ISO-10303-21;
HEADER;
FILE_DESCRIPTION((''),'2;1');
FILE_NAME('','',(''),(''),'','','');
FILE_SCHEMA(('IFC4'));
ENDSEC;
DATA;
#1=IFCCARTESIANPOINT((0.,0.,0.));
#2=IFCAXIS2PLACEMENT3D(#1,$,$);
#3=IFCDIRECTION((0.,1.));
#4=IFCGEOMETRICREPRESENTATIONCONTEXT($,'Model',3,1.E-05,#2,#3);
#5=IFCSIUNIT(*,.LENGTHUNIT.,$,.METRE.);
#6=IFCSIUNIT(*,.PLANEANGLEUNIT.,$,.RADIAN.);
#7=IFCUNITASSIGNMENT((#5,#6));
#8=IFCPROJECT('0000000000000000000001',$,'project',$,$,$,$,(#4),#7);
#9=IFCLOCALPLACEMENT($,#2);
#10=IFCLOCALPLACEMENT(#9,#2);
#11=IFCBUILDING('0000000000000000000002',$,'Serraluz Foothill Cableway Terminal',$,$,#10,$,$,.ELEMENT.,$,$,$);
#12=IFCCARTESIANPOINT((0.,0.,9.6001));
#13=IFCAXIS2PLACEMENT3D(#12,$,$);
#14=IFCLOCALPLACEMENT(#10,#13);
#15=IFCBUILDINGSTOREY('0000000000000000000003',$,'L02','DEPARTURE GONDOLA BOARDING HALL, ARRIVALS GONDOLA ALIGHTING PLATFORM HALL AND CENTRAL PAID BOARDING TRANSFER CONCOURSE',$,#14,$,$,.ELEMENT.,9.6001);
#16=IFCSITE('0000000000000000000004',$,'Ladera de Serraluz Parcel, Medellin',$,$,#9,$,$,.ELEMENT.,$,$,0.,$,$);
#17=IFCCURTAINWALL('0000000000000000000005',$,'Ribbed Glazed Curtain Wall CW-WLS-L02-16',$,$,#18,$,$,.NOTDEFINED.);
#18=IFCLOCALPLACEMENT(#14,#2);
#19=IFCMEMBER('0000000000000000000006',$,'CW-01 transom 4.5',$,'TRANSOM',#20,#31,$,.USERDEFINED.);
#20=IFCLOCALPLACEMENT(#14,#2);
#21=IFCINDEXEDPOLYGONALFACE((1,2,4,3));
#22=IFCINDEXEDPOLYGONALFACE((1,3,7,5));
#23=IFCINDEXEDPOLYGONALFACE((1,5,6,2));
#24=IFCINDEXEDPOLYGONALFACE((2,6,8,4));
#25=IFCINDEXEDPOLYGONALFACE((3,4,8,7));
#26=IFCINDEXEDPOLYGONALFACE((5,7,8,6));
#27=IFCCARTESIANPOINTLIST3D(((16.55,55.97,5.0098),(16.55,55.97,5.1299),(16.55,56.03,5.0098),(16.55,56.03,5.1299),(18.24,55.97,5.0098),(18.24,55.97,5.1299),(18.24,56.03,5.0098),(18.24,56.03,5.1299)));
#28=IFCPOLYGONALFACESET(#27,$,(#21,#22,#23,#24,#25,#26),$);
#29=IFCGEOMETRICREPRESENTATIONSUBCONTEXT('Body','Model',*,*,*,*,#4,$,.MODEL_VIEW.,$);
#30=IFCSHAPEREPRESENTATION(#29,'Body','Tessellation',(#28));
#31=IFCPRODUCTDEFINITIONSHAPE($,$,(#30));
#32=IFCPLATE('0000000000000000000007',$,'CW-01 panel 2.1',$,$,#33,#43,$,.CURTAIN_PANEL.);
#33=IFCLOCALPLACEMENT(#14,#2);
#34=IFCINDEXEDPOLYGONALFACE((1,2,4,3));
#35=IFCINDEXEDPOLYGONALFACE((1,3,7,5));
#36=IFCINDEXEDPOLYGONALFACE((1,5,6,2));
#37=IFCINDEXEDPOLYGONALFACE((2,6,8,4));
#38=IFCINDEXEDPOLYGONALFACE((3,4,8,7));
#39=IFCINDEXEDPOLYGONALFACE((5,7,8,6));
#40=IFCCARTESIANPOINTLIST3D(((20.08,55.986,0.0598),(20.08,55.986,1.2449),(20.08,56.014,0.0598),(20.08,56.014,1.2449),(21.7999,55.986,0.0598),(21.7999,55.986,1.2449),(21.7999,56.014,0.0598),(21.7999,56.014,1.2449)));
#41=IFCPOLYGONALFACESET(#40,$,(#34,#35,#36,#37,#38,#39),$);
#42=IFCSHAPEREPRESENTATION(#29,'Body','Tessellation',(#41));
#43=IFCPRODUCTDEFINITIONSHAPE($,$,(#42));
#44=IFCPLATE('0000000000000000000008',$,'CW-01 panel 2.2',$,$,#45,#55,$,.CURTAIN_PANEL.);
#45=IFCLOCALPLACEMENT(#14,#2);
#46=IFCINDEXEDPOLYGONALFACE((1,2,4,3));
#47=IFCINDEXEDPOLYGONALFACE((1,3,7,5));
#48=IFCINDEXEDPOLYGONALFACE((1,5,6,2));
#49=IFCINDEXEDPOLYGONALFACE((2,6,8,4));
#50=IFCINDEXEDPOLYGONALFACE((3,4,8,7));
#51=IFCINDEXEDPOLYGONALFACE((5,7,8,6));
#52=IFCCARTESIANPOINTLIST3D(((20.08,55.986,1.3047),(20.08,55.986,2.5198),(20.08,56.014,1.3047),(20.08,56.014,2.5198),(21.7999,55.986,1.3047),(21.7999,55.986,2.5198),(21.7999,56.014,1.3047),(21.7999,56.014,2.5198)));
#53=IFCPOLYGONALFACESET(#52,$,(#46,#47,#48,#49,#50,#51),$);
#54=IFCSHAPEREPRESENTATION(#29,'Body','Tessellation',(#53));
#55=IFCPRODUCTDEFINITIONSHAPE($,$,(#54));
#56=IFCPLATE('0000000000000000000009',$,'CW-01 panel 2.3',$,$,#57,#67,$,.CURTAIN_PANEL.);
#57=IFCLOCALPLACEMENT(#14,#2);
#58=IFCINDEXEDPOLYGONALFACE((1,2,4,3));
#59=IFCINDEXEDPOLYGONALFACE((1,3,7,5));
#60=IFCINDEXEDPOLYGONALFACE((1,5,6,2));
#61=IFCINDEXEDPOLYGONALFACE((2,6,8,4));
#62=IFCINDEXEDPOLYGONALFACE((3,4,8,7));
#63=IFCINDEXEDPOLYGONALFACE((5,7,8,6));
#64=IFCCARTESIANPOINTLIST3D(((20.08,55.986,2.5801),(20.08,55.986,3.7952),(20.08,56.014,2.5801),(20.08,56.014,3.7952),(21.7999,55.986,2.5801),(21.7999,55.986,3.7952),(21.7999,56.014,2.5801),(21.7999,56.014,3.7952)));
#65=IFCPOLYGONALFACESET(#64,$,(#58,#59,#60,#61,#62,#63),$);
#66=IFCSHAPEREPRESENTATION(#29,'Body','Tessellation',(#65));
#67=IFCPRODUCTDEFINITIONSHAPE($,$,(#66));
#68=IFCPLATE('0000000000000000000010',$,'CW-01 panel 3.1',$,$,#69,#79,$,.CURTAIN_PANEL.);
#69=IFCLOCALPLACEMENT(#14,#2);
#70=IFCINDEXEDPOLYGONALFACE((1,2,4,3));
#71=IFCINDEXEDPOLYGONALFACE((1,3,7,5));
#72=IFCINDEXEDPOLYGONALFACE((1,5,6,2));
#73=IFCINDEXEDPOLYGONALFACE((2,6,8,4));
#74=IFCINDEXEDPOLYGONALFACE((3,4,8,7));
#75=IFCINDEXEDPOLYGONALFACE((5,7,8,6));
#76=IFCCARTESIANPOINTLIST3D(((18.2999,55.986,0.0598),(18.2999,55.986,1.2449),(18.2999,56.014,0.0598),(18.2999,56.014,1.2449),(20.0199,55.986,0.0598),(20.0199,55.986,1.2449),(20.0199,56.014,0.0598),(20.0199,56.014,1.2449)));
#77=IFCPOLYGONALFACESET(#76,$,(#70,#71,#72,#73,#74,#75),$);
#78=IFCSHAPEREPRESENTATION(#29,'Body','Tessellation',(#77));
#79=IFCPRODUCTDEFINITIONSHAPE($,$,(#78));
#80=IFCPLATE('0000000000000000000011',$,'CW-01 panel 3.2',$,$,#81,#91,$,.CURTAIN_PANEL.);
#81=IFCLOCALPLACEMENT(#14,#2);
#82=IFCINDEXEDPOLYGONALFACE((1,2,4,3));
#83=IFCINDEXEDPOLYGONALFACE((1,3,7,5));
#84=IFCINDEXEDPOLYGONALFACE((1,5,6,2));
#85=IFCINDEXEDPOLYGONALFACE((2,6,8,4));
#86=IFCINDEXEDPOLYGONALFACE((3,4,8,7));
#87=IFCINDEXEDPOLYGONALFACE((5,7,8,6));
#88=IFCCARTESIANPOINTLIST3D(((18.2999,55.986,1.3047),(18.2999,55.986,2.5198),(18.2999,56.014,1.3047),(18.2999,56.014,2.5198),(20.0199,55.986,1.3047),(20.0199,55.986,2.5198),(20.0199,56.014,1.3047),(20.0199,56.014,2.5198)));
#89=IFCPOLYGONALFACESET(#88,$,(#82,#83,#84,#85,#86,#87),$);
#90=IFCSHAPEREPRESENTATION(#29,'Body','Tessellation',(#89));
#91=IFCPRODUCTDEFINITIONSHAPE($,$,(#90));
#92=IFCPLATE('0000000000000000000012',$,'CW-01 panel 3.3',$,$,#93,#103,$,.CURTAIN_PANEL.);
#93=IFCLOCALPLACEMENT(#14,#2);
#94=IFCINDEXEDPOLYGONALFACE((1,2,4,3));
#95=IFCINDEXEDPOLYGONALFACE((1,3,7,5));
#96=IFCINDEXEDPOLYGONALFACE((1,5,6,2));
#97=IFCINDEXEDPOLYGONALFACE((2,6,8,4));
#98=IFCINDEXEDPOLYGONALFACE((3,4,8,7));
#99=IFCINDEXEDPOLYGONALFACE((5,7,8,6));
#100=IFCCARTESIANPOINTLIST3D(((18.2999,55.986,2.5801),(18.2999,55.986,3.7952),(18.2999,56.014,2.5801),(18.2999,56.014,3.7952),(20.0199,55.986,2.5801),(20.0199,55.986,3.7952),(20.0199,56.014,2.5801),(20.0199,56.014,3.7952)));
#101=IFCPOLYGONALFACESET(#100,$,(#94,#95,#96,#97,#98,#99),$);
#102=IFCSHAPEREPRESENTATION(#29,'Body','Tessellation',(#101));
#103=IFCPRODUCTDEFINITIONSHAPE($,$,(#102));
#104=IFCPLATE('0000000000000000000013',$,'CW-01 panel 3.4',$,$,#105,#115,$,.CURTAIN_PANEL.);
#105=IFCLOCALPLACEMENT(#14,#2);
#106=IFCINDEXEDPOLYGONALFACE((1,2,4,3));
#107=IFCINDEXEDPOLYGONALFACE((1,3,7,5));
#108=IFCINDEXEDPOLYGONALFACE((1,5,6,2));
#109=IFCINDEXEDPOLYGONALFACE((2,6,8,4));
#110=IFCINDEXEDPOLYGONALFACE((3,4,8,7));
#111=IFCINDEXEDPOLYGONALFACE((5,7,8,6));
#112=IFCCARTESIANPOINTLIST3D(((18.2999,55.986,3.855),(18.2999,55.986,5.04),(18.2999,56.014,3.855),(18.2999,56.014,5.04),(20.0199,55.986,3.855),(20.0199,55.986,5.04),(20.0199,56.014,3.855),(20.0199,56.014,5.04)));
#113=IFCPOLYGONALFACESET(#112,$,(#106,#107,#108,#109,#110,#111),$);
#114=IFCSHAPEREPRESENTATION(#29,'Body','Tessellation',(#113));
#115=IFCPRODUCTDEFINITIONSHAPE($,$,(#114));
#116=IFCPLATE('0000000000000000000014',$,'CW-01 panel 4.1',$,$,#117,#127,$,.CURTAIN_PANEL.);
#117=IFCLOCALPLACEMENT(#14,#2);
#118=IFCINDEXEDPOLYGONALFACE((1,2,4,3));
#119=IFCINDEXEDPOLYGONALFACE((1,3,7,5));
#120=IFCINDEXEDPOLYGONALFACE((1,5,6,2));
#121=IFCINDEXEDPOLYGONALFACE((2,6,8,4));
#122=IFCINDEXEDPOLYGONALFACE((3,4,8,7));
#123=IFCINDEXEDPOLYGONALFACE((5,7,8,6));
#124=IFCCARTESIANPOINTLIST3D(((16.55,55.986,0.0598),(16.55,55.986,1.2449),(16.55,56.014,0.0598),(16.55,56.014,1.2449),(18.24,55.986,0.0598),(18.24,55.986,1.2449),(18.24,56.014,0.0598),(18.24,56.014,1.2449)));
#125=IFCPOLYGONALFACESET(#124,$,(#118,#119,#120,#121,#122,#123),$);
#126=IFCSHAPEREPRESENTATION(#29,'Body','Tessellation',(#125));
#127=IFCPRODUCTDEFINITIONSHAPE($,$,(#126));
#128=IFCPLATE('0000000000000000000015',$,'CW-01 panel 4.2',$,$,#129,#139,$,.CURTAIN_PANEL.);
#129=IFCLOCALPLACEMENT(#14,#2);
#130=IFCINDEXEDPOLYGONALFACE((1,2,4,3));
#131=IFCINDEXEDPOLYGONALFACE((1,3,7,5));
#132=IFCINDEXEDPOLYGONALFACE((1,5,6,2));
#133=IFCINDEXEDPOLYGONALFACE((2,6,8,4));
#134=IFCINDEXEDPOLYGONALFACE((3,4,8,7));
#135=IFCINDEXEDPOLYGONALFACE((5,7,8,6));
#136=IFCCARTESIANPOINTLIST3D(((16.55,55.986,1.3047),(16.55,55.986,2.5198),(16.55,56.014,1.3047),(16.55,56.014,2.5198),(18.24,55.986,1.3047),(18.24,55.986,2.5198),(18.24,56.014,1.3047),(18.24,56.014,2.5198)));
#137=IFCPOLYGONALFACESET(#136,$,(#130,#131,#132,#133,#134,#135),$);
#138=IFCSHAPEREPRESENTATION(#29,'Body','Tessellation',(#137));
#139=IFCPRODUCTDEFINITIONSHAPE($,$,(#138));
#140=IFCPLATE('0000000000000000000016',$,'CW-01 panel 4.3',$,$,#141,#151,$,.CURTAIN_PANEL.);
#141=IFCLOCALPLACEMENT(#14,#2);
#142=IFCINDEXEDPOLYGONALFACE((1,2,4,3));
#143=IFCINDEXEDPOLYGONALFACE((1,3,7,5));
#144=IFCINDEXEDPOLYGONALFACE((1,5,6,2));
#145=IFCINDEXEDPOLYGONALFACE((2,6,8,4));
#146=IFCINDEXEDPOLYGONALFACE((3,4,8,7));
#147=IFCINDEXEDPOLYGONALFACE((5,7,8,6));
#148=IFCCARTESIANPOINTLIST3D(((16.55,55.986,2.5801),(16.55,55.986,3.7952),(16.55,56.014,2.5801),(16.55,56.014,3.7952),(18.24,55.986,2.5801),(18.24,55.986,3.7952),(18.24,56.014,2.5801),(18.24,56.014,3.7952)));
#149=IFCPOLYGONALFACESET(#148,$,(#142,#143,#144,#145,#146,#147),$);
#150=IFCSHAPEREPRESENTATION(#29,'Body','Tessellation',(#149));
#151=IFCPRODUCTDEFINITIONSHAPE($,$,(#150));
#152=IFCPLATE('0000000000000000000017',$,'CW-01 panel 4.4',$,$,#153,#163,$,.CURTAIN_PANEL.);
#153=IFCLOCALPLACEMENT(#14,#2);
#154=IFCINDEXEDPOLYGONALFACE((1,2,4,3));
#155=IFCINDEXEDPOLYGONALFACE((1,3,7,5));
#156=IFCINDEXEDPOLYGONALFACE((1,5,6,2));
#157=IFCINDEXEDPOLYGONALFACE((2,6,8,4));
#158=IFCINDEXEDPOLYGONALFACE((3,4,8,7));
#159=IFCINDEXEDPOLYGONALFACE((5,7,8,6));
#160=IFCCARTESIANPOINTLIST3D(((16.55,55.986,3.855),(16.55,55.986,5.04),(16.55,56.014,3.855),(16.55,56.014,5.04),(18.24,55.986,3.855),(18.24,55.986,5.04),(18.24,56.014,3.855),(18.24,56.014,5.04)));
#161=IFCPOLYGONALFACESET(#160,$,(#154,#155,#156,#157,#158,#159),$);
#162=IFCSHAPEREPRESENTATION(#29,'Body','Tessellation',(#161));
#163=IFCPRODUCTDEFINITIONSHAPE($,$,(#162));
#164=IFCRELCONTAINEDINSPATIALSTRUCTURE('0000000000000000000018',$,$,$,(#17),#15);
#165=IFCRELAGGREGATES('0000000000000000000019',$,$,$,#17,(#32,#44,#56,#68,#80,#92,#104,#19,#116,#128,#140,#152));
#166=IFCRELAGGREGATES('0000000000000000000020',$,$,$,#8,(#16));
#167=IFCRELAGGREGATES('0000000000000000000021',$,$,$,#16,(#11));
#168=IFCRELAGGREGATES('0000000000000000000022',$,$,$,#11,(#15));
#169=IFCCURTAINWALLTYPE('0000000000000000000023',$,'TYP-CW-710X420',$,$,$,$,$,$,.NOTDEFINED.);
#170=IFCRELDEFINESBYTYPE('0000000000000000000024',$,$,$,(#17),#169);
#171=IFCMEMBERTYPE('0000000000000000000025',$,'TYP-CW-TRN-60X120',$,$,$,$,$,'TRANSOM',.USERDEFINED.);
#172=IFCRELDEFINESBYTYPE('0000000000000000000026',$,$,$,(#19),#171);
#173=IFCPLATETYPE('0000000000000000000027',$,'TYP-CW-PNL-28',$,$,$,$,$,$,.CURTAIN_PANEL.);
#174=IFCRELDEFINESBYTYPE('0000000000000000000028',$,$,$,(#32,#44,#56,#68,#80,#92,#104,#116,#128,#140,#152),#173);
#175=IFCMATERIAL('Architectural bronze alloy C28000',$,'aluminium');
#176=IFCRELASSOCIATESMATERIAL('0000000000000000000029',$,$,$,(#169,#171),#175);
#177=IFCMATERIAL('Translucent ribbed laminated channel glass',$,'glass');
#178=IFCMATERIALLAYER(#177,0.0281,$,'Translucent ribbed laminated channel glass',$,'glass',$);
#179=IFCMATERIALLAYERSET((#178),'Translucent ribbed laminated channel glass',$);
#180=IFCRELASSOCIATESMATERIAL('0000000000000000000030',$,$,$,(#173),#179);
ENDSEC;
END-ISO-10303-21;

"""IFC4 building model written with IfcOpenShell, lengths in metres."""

from ifc_helpers import new_model, si_unit, direction, frame, origin, origin_2d, place, context, subcontext, project, spatial, rectangle, extrude, material, layer, layer_set, material_profile, profile_set, type_object, element, aggregate, save


model = new_model("IFC4")

# Units and contexts
model_context = context("Model", 3, precision=1e-05, world=origin(), true_north=direction((0.0, 1.0)))
body_context = subcontext(model_context, "Body", "Model", "MODEL_VIEW")
ifc_project = project(units=[si_unit("LENGTHUNIT", "METRE"), si_unit("PLANEANGLEUNIT", "RADIAN")], contexts=[model_context])

# Site, building, storey
site_placement = place(None, origin())
site = spatial("IfcSite", under=ifc_project, at=site_placement, Name="Ladera de Serraluz Parcel, Medellin", CompositionType="ELEMENT", RefElevation=0.0)
building_placement = place(site_placement, origin())
building = spatial("IfcBuilding", under=site, at=building_placement, Name="Serraluz Foothill Cableway Terminal", CompositionType="ELEMENT")
storey_placement = place(building_placement, frame((0.0, 0.0, 9.6001)))
storey = spatial("IfcBuildingStorey", under=building, at=storey_placement, Name="L02", Description="DEPARTURE GONDOLA BOARDING HALL, ARRIVALS GONDOLA ALIGHTING PLATFORM HALL AND CENTRAL PAID BOARDING TRANSFER CONCOURSE", CompositionType="ELEMENT", Elevation=9.6001)

# Shared definitions
ifc_material_1 = material(Name="Architectural bronze alloy C28000", Category="aluminium")

# Curtain wall, member, plates
curtain_wall_type_1 = type_object("IfcCurtainWallType", Name="TYP-CW-710X420", PredefinedType="NOTDEFINED", material=ifc_material_1)
curtain_wall_1_placement = place(storey_placement, origin())
curtain_wall_1 = element("IfcCurtainWall", 1, at=curtain_wall_1_placement, inside=storey, type_object=curtain_wall_type_1, Name="Ribbed Glazed Curtain Wall CW-WLS-L02-16", PredefinedType="NOTDEFINED")
ifc_material_profile_1 = material_profile(ifc_material_1, rectangle(XDim=0.0601, YDim=0.1201, at=origin_2d()), Name="ALU TRANSOM 60x120")
ifc_profile_set_1 = profile_set([ifc_material_profile_1], Name="Architectural bronze alloy C28000")
member_type_1 = type_object("IfcMemberType", Name="TYP-CW-TRN-60X120", ElementType="TRANSOM", PredefinedType="USERDEFINED", material=ifc_profile_set_1)
member_1_placement = place(storey_placement, frame((18.24, 56.0, 5.0698), z_axis=(-1.0, 0.0, 0.0), x_axis=(0.0, -1.0, 0.0)))
member_1 = element("IfcMember", 2, at=member_1_placement, type_object=member_type_1, Name="CW-01 transom 4.5", ObjectType="TRANSOM", PredefinedType="USERDEFINED", context=body_context, shape_type="SweptSolid", body=[
    extrude(rectangle(XDim=0.0601, YDim=0.1201, at=origin_2d()), origin(), (0.0, 0.0, 1.0), 1.6899),
])
ifc_material_2 = material(Name="Translucent ribbed laminated channel glass", Category="glass")
ifc_layer = layer(ifc_material_2, 0.0281, Name="Translucent ribbed laminated channel glass", Category="glass")
ifc_layer_set = layer_set([ifc_layer], Name="Translucent ribbed laminated channel glass")
plate_type = type_object("IfcPlateType", Name="TYP-CW-PNL-28", PredefinedType="CURTAIN_PANEL", material=ifc_layer_set)
plate_1_placement = place(storey_placement, frame((20.9399, 56.0, 0.0598), z_axis=(0.0, 0.0, 1.0), x_axis=(-1.0, 0.0, 0.0)))
plate_1 = element("IfcPlate", 3, at=plate_1_placement, type_object=plate_type, Name="CW-01 panel 2.1", PredefinedType="CURTAIN_PANEL", context=body_context, shape_type="SweptSolid", body=[
    extrude(rectangle(XDim=1.72, YDim=0.0281, at=origin_2d()), origin(), (0.0, 0.0, 1.0), 1.1851),
])
plate_2_placement = place(storey_placement, frame((20.9399, 56.0, 1.3047), z_axis=(0.0, 0.0, 1.0), x_axis=(-1.0, 0.0, 0.0)))
plate_2 = element("IfcPlate", 4, at=plate_2_placement, type_object=plate_type, Name="CW-01 panel 2.2", PredefinedType="CURTAIN_PANEL", context=body_context, shape_type="SweptSolid", body=[
    extrude(rectangle(XDim=1.72, YDim=0.0281, at=origin_2d()), origin(), (0.0, 0.0, 1.0), 1.2151),
])
plate_3_placement = place(storey_placement, frame((20.9399, 56.0, 2.5801), z_axis=(0.0, 0.0, 1.0), x_axis=(-1.0, 0.0, 0.0)))
plate_3 = element("IfcPlate", 5, at=plate_3_placement, type_object=plate_type, Name="CW-01 panel 2.3", PredefinedType="CURTAIN_PANEL", context=body_context, shape_type="SweptSolid", body=[
    extrude(rectangle(XDim=1.72, YDim=0.0281, at=origin_2d()), origin(), (0.0, 0.0, 1.0), 1.2151),
])
plate_4_placement = place(storey_placement, frame((19.1599, 56.0, 0.0598), z_axis=(0.0, 0.0, 1.0), x_axis=(-1.0, 0.0, 0.0)))
plate_4 = element("IfcPlate", 6, at=plate_4_placement, type_object=plate_type, Name="CW-01 panel 3.1", PredefinedType="CURTAIN_PANEL", context=body_context, shape_type="SweptSolid", body=[
    extrude(rectangle(XDim=1.72, YDim=0.0281, at=origin_2d()), origin(), (0.0, 0.0, 1.0), 1.1851),
])
plate_5_placement = place(storey_placement, frame((19.1599, 56.0, 1.3047), z_axis=(0.0, 0.0, 1.0), x_axis=(-1.0, 0.0, 0.0)))
plate_5 = element("IfcPlate", 7, at=plate_5_placement, type_object=plate_type, Name="CW-01 panel 3.2", PredefinedType="CURTAIN_PANEL", context=body_context, shape_type="SweptSolid", body=[
    extrude(rectangle(XDim=1.72, YDim=0.0281, at=origin_2d()), origin(), (0.0, 0.0, 1.0), 1.2151),
])
plate_6_placement = place(storey_placement, frame((19.1599, 56.0, 2.5801), z_axis=(0.0, 0.0, 1.0), x_axis=(-1.0, 0.0, 0.0)))
plate_6 = element("IfcPlate", 8, at=plate_6_placement, type_object=plate_type, Name="CW-01 panel 3.3", PredefinedType="CURTAIN_PANEL", context=body_context, shape_type="SweptSolid", body=[
    extrude(rectangle(XDim=1.72, YDim=0.0281, at=origin_2d()), origin(), (0.0, 0.0, 1.0), 1.2151),
])
plate_7_placement = place(storey_placement, frame((19.1599, 56.0, 3.855), z_axis=(0.0, 0.0, 1.0), x_axis=(-1.0, 0.0, 0.0)))
plate_7 = element("IfcPlate", 9, at=plate_7_placement, type_object=plate_type, Name="CW-01 panel 3.4", PredefinedType="CURTAIN_PANEL", context=body_context, shape_type="SweptSolid", body=[
    extrude(rectangle(XDim=1.72, YDim=0.0281, at=origin_2d()), origin(), (0.0, 0.0, 1.0), 1.1851),
])
plate_8_placement = place(storey_placement, frame((17.395, 56.0, 0.0598), z_axis=(0.0, 0.0, 1.0), x_axis=(-1.0, 0.0, 0.0)))
plate_8 = element("IfcPlate", 10, at=plate_8_placement, type_object=plate_type, Name="CW-01 panel 4.1", PredefinedType="CURTAIN_PANEL", context=body_context, shape_type="SweptSolid", body=[
    extrude(rectangle(XDim=1.6899, YDim=0.0281, at=origin_2d()), origin(), (0.0, 0.0, 1.0), 1.1851),
])
plate_9_placement = place(storey_placement, frame((17.395, 56.0, 1.3047), z_axis=(0.0, 0.0, 1.0), x_axis=(-1.0, 0.0, 0.0)))
plate_9 = element("IfcPlate", 11, at=plate_9_placement, type_object=plate_type, Name="CW-01 panel 4.2", PredefinedType="CURTAIN_PANEL", context=body_context, shape_type="SweptSolid", body=[
    extrude(rectangle(XDim=1.6899, YDim=0.0281, at=origin_2d()), origin(), (0.0, 0.0, 1.0), 1.2151),
])
plate_10_placement = place(storey_placement, frame((17.395, 56.0, 2.5801), z_axis=(0.0, 0.0, 1.0), x_axis=(-1.0, 0.0, 0.0)))
plate_10 = element("IfcPlate", 12, at=plate_10_placement, type_object=plate_type, Name="CW-01 panel 4.3", PredefinedType="CURTAIN_PANEL", context=body_context, shape_type="SweptSolid", body=[
    extrude(rectangle(XDim=1.6899, YDim=0.0281, at=origin_2d()), origin(), (0.0, 0.0, 1.0), 1.2151),
])
plate_11_placement = place(storey_placement, frame((17.395, 56.0, 3.855), z_axis=(0.0, 0.0, 1.0), x_axis=(-1.0, 0.0, 0.0)))
plate_11 = element("IfcPlate", 13, at=plate_11_placement, type_object=plate_type, Name="CW-01 panel 4.4", PredefinedType="CURTAIN_PANEL", context=body_context, shape_type="SweptSolid", body=[
    extrude(rectangle(XDim=1.6899, YDim=0.0281, at=origin_2d()), origin(), (0.0, 0.0, 1.0), 1.1851),
])
aggregate(curtain_wall_1, [plate_1, plate_2, plate_3, plate_4, plate_5, plate_6, plate_7, member_1, plate_8, plate_9, plate_10, plate_11])

save(model, "model.ifc")
